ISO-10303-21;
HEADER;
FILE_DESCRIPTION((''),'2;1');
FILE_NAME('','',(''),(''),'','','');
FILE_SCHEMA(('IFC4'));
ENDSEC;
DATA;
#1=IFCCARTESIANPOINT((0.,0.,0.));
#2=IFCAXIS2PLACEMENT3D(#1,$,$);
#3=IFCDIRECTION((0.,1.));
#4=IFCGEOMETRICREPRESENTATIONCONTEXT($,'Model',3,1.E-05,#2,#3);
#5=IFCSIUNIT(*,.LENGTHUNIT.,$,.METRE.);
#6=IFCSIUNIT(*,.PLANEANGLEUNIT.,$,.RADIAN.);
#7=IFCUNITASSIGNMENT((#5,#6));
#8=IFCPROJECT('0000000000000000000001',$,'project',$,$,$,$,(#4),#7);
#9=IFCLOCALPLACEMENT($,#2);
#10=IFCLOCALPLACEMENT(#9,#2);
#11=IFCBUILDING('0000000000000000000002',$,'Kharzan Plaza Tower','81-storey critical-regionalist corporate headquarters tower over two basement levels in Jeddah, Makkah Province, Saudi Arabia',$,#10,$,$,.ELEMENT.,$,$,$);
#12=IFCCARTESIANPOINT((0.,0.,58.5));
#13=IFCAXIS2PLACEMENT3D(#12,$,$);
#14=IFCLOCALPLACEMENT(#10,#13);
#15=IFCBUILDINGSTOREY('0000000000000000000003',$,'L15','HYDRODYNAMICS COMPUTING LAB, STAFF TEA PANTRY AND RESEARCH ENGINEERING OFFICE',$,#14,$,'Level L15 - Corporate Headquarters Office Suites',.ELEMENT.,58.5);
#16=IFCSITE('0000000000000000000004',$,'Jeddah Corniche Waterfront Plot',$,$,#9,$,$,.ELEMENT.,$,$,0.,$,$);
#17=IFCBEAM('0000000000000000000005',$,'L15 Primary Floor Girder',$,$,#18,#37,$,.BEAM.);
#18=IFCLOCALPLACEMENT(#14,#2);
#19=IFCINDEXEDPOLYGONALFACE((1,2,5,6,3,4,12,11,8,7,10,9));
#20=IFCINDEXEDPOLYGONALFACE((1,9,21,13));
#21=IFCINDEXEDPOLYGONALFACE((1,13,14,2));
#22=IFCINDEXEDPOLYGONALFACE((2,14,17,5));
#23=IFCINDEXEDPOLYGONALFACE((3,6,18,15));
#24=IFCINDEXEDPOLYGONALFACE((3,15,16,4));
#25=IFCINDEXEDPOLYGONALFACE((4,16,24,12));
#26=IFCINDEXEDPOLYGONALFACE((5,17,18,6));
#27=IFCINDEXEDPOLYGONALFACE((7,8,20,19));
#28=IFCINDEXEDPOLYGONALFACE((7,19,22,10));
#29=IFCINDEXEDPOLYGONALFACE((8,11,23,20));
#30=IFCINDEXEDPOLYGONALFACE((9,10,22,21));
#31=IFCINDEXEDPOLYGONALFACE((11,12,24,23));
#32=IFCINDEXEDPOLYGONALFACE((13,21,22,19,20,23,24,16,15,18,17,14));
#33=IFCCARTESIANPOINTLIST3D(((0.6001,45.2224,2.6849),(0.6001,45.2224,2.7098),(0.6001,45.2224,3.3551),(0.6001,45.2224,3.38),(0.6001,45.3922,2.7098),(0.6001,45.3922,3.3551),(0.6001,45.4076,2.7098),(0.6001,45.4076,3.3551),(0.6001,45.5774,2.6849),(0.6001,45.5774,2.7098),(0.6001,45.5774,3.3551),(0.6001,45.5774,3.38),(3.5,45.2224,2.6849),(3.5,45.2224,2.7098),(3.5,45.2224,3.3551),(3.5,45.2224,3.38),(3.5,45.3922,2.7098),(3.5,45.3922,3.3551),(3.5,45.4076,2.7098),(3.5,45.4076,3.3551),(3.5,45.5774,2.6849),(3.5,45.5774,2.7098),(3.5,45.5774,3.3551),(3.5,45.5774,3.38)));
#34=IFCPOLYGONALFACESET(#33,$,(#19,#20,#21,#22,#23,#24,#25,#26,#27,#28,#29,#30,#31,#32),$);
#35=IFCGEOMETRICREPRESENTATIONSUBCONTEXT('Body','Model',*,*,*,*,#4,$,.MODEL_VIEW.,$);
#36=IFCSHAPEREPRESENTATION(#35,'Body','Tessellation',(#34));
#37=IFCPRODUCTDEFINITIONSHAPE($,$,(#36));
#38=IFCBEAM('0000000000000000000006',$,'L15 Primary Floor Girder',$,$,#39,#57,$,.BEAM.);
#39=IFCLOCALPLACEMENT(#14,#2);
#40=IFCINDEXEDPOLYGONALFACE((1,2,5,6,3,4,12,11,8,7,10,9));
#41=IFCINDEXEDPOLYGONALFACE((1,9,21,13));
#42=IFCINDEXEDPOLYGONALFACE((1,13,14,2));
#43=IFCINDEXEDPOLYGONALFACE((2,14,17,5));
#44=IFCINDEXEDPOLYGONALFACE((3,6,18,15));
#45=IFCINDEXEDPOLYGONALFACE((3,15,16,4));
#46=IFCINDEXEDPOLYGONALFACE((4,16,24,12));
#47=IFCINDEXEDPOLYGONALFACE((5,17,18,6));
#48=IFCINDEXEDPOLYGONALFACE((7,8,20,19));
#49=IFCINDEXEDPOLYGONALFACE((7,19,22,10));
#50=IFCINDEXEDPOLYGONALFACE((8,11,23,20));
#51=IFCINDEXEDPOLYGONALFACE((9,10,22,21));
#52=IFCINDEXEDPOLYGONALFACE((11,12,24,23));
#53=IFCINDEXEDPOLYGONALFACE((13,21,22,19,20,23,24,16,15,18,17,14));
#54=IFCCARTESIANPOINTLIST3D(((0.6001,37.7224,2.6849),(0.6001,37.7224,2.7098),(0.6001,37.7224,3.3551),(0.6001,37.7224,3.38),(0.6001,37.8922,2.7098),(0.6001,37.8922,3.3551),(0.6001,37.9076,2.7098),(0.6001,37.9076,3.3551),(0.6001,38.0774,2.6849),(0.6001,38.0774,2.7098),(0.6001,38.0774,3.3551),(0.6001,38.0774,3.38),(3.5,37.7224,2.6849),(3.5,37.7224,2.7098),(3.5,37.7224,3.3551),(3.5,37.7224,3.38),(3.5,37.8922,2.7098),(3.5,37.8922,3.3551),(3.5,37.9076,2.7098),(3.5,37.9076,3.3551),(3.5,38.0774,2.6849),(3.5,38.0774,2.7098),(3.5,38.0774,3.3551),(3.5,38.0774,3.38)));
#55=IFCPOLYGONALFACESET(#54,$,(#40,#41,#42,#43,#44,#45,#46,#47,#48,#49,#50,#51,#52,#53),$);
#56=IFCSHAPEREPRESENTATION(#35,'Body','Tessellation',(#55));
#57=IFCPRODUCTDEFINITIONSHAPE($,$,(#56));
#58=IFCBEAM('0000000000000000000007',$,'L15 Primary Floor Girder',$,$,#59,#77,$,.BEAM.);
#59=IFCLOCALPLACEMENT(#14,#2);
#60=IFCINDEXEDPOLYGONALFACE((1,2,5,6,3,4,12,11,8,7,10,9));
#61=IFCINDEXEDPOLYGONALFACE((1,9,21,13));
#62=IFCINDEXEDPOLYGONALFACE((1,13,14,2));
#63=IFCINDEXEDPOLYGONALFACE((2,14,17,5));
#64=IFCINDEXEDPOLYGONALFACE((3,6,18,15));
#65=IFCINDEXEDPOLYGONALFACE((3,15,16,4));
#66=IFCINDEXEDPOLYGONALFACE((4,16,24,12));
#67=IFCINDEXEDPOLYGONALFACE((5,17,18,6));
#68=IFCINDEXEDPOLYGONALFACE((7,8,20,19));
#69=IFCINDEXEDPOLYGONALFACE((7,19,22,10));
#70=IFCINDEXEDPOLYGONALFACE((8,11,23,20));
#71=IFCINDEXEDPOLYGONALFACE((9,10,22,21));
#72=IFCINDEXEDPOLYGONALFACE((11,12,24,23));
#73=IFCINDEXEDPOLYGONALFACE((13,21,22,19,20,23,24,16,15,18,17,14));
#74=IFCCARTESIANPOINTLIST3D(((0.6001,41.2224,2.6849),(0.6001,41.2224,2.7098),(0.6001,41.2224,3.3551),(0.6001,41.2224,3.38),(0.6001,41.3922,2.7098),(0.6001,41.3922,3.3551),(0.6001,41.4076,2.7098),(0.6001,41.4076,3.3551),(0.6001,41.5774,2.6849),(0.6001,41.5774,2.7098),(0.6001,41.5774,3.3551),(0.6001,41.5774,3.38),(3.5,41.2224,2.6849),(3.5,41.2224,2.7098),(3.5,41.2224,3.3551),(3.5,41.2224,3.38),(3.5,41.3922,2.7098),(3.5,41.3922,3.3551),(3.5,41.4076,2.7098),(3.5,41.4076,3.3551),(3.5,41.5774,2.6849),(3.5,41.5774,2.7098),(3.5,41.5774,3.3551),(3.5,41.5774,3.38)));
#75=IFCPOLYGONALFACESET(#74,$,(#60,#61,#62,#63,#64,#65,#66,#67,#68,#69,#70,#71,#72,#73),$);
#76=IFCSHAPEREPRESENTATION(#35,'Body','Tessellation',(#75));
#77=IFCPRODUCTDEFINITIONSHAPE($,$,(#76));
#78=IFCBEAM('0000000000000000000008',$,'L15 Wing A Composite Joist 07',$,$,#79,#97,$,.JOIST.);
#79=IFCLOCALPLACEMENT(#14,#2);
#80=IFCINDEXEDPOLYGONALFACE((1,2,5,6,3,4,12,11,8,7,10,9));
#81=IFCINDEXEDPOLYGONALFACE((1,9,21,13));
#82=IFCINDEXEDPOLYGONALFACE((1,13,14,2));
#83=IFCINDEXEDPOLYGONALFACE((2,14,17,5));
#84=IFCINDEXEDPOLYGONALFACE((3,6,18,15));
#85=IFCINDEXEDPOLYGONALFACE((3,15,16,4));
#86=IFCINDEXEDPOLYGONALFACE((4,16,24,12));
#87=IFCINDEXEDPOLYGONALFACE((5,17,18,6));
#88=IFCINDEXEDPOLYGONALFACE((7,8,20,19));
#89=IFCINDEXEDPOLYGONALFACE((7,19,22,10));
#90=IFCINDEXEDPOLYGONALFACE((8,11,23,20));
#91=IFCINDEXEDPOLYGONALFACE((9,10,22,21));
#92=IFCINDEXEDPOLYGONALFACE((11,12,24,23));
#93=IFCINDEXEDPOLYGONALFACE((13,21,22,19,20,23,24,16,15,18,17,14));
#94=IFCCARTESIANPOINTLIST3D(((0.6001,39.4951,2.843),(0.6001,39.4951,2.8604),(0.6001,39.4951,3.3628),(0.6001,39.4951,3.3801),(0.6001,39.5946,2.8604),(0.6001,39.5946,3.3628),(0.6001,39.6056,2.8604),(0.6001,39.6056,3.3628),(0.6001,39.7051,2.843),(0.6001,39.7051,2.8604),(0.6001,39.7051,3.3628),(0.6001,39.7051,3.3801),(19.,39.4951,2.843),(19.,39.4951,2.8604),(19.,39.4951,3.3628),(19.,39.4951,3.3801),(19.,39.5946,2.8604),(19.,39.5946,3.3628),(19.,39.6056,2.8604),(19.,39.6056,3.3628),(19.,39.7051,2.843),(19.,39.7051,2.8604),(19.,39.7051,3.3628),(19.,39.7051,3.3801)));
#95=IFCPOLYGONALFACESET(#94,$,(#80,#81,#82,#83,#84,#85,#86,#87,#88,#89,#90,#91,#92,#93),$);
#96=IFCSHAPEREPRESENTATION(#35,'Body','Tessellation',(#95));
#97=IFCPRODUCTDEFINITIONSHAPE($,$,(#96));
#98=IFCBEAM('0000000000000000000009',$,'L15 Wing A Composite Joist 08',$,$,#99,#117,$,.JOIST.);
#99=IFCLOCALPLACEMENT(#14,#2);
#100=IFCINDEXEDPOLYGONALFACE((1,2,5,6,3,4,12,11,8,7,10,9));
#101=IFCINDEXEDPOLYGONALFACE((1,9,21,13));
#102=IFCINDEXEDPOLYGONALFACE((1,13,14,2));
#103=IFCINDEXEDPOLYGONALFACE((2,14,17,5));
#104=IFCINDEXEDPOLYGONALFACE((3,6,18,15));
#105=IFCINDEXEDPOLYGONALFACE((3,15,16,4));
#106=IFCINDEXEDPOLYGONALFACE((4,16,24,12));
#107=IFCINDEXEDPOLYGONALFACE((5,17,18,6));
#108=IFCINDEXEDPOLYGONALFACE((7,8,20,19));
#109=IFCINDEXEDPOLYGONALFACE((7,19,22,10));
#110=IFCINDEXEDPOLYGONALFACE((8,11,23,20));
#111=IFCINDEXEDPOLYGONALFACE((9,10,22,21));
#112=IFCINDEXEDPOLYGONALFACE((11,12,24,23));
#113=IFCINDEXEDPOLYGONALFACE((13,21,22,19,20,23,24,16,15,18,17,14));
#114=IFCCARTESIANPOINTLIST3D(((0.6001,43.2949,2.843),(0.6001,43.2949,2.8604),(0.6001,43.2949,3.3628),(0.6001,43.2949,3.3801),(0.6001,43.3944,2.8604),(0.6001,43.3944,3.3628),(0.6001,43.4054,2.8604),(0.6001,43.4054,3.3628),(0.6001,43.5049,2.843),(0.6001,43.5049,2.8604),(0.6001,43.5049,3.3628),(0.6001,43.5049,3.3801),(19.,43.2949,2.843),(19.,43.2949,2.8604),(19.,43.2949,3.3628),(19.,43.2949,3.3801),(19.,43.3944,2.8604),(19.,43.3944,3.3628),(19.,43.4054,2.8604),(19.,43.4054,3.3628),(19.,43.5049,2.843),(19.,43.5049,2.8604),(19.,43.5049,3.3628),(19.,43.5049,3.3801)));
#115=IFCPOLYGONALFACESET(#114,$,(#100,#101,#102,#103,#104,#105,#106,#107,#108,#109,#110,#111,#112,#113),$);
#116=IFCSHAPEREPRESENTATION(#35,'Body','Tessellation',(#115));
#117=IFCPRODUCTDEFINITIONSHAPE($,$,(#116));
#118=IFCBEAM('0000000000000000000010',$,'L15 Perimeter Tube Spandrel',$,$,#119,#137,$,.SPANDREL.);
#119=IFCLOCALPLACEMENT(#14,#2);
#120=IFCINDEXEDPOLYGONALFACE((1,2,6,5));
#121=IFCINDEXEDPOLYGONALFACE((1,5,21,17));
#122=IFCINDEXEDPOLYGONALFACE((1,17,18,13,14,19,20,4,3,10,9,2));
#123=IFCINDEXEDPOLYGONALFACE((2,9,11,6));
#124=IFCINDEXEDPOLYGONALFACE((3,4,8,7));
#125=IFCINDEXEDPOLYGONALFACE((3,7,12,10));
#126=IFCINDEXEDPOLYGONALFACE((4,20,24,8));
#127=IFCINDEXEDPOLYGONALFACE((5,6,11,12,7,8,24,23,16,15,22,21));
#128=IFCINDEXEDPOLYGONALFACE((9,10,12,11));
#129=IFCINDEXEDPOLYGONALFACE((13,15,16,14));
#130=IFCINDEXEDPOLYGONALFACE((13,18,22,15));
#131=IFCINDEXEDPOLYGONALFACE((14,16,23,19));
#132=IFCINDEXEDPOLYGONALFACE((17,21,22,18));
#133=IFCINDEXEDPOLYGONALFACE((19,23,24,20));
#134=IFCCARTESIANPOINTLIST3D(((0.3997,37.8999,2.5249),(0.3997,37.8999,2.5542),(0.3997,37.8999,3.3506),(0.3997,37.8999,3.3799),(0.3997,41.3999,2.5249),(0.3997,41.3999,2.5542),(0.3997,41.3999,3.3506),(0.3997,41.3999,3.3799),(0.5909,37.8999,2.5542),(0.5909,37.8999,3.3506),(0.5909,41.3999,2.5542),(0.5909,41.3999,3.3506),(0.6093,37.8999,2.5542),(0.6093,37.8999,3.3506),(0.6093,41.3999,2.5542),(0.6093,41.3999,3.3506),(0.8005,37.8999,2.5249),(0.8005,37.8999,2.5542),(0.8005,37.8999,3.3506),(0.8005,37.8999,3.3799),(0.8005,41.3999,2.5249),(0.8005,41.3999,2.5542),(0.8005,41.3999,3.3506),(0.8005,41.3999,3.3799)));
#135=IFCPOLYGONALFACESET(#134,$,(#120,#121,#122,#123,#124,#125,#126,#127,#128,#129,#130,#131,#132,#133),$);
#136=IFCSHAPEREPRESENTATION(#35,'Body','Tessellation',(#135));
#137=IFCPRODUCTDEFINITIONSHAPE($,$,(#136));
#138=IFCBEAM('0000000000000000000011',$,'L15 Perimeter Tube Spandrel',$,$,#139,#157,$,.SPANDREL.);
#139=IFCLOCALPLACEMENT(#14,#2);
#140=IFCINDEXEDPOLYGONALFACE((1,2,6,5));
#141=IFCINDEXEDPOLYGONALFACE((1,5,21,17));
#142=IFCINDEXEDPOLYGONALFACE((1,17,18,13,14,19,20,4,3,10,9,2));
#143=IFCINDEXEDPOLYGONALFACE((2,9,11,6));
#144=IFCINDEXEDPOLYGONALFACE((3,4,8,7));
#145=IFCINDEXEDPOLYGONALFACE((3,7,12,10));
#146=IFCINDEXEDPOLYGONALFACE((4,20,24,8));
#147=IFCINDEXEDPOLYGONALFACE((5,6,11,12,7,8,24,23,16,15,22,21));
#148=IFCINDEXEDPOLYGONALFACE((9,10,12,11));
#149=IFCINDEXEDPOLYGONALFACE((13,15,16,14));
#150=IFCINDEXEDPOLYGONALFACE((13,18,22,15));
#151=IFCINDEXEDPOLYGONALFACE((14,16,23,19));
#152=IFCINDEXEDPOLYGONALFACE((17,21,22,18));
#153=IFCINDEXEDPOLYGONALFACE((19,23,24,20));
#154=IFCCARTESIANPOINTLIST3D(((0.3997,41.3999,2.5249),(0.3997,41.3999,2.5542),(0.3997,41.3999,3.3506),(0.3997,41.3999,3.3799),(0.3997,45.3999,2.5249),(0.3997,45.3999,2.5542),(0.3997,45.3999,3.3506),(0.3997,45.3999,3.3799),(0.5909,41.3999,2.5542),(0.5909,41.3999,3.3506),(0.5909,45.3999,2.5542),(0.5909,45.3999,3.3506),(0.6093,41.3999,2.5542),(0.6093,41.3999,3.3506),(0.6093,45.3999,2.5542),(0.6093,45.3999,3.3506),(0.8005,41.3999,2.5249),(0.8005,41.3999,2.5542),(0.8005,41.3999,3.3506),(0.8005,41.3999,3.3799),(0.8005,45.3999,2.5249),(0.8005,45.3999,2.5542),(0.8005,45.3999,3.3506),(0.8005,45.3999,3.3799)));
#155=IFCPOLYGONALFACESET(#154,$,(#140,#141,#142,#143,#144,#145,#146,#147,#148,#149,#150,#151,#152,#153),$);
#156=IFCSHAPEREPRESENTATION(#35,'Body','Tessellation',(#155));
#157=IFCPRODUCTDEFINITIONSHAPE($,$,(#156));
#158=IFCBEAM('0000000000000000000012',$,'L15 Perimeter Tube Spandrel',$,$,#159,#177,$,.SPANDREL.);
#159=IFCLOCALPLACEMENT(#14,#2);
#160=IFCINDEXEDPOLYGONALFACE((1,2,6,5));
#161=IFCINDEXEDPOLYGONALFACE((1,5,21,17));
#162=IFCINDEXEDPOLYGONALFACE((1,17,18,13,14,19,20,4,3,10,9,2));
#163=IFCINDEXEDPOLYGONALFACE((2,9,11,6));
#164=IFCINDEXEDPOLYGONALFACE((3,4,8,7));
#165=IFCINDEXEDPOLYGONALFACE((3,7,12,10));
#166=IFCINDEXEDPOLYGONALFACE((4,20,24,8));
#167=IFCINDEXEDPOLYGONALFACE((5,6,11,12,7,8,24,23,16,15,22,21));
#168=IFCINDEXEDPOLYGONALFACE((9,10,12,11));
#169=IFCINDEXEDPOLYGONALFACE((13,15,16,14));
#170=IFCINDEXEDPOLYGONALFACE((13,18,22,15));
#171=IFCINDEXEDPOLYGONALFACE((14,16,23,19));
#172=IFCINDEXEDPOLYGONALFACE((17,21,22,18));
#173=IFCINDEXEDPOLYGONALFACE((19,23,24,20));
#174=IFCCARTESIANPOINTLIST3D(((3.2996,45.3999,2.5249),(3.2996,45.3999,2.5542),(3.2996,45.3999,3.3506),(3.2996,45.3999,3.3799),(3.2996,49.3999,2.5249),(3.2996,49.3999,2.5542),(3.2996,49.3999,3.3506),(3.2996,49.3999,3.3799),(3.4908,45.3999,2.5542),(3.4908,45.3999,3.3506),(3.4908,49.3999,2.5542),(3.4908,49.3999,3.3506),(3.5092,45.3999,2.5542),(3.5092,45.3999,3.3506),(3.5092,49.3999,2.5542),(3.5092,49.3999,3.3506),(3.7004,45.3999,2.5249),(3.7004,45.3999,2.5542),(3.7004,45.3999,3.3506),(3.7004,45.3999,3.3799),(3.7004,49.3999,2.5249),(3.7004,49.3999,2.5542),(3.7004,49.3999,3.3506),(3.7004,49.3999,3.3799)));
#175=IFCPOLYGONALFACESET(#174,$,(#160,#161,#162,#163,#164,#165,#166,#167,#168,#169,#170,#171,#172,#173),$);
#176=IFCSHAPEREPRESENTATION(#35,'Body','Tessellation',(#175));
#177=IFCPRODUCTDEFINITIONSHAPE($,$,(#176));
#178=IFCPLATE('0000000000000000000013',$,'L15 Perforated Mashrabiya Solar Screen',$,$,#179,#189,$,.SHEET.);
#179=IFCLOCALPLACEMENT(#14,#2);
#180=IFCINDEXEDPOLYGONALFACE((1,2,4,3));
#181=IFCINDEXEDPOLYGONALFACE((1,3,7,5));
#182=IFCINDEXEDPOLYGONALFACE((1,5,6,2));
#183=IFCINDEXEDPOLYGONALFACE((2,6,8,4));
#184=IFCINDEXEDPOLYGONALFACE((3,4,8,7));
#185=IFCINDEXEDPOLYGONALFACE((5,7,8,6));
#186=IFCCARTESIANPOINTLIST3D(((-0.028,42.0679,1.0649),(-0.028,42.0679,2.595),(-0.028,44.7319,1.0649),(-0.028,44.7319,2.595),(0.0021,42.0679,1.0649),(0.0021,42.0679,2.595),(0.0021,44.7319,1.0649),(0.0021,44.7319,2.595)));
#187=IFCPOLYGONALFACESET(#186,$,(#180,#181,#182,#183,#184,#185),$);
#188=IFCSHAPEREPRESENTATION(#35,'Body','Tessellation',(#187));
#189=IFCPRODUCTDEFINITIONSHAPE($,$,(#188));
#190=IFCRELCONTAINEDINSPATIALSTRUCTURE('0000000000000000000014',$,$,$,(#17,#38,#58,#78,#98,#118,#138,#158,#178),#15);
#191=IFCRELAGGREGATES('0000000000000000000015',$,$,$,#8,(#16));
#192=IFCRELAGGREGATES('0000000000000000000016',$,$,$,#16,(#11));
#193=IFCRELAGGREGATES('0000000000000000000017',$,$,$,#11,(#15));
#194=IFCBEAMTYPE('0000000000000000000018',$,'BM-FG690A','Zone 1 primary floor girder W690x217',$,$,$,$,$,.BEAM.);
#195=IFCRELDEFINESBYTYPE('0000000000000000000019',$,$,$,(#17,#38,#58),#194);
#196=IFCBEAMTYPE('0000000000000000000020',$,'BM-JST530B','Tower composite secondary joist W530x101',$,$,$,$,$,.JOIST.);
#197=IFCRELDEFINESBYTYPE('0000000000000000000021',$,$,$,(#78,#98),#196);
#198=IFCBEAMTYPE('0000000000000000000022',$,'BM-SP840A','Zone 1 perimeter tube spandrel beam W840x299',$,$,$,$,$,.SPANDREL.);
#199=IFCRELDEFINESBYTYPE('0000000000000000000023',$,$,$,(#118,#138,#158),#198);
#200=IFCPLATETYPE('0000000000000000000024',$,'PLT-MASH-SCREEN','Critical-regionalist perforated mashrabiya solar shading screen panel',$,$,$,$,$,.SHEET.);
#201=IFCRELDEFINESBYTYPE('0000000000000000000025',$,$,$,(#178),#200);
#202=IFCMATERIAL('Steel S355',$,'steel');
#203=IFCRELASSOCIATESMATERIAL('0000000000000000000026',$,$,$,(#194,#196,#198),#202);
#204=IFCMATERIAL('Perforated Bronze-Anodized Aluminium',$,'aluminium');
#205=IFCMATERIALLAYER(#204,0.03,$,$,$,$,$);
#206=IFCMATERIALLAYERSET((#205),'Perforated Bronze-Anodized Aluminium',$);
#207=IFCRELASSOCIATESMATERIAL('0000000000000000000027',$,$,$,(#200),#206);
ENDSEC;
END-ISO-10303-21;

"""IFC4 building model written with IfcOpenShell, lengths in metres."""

from ifc_helpers import new_model, si_unit, direction, frame, origin, origin_2d, place, context, subcontext, project, spatial, rectangle, i_section, extrude, source, transform, mapped, material, layer, layer_set, material_profile, profile_set, type_object, element, save


model = new_model("IFC4")

# Units and contexts
model_context = context("Model", 3, precision=1e-05, world=origin(), true_north=direction((0.0, 1.0)))
body_context = subcontext(model_context, "Body", "Model", "MODEL_VIEW")
ifc_project = project(units=[si_unit("LENGTHUNIT", "METRE"), si_unit("PLANEANGLEUNIT", "RADIAN")], contexts=[model_context])

# Site, building, storey
site_placement = place(None, origin())
site = spatial("IfcSite", under=ifc_project, at=site_placement, Name="Jeddah Corniche Waterfront Plot", CompositionType="ELEMENT", RefElevation=0.0)
building_placement = place(site_placement, origin())
building = spatial("IfcBuilding", under=site, at=building_placement, Name="Kharzan Plaza Tower", Description="81-storey critical-regionalist corporate headquarters tower over two basement levels in Jeddah, Makkah Province, Saudi Arabia", CompositionType="ELEMENT")
storey_placement = place(building_placement, frame((0.0, 0.0, 58.5)))
storey = spatial("IfcBuildingStorey", under=building, at=storey_placement, Name="L15", Description="HYDRODYNAMICS COMPUTING LAB, STAFF TEA PANTRY AND RESEARCH ENGINEERING OFFICE", LongName="Level L15 - Corporate Headquarters Office Suites", CompositionType="ELEMENT", Elevation=58.5)

# Beams
ifc_material_1 = material(Name="Steel S355", Category="steel")
ifc_material_profile_1 = material_profile(ifc_material_1, i_section(OverallWidth=0.355, OverallDepth=0.6951, WebThickness=0.0154, FlangeThickness=0.0249, at=origin_2d()), Name="W690x217")
ifc_profile_set_1 = profile_set([ifc_material_profile_1], Name="Steel S355")
beam_type_1 = type_object("IfcBeamType", Name="BM-FG690A", Description="Zone 1 primary floor girder W690x217", PredefinedType="BEAM", material=ifc_profile_set_1)
shared_shape_1 = source(origin(), body_context, "Body", "SweptSolid", [
    extrude(i_section(OverallWidth=0.355, OverallDepth=0.6951, WebThickness=0.0154, FlangeThickness=0.0249, at=origin_2d()), origin(), (0.0, 0.0, 1.0), 2.8999),
])
for number, where, z_axis, x_axis, name in (
    (1, (0.6001, 45.3999, 3.0325), (1.0, 0.0, 0.0), (0.0, 1.0, 0.0), "L15 Primary Floor Girder"),
    (2, (0.6001, 37.8999, 3.0325), (1.0, 0.0, 0.0), (0.0, 1.0, 0.0), "L15 Primary Floor Girder"),
    (3, (0.6001, 41.3999, 3.0325), (1.0, 0.0, 0.0), (0.0, 1.0, 0.0), "L15 Primary Floor Girder"),
):
    element("IfcBeam", number, at=place(storey_placement, frame(where, z_axis=z_axis, x_axis=x_axis)), inside=storey, type_object=beam_type_1, Name=name, PredefinedType="BEAM", context=body_context, shape_type="MappedRepresentation", body=[
        mapped(shared_shape_1, transform((0.0, 0.0, 0.0), x_axis=(1.0, 0.0, 0.0), y_axis=(0.0, 1.0, 0.0), z_axis=(0.0, 0.0, 1.0))),
    ])
ifc_material_profile_2 = material_profile(ifc_material_1, i_section(OverallWidth=0.21, OverallDepth=0.5371, WebThickness=0.011, FlangeThickness=0.0173, at=origin_2d()), Name="W530x101")
ifc_profile_set_2 = profile_set([ifc_material_profile_2], Name="Steel S355")
beam_type_2 = type_object("IfcBeamType", Name="BM-JST530B", Description="Tower composite secondary joist W530x101", PredefinedType="JOIST", material=ifc_profile_set_2)
shared_shape_2 = source(origin(), body_context, "Body", "SweptSolid", [
    extrude(i_section(OverallWidth=0.21, OverallDepth=0.5371, WebThickness=0.011, FlangeThickness=0.0173, at=origin_2d()), origin(), (0.0, 0.0, 1.0), 18.3999),
])
for number, where, z_axis, x_axis, name in (
    (4, (0.6001, 39.6001, 3.1116), (1.0, 0.0, 0.0), (0.0, 1.0, 0.0), "L15 Wing A Composite Joist 07"),
    (5, (0.6001, 43.3999, 3.1116), (1.0, 0.0, 0.0), (0.0, 1.0, 0.0), "L15 Wing A Composite Joist 08"),
):
    element("IfcBeam", number, at=place(storey_placement, frame(where, z_axis=z_axis, x_axis=x_axis)), inside=storey, type_object=beam_type_2, Name=name, PredefinedType="JOIST", context=body_context, shape_type="MappedRepresentation", body=[
        mapped(shared_shape_2, transform((0.0, 0.0, 0.0), x_axis=(1.0, 0.0, 0.0), y_axis=(0.0, 1.0, 0.0), z_axis=(0.0, 0.0, 1.0))),
    ])
ifc_material_profile_3 = material_profile(ifc_material_1, i_section(OverallWidth=0.4009, OverallDepth=0.855, WebThickness=0.0183, FlangeThickness=0.0293, at=origin_2d()), Name="W840x299")
ifc_profile_set_3 = profile_set([ifc_material_profile_3], Name="Steel S355")
beam_type_3 = type_object("IfcBeamType", Name="BM-SP840A", Description="Zone 1 perimeter tube spandrel beam W840x299", PredefinedType="SPANDREL", material=ifc_profile_set_3)
shared_shape_3 = source(origin(), body_context, "Body", "SweptSolid", [
    extrude(i_section(OverallWidth=0.4009, OverallDepth=0.855, WebThickness=0.0183, FlangeThickness=0.0293, at=origin_2d()), origin(), (0.0, 0.0, 1.0), 3.5),
])
beam_1_placement = place(storey_placement, frame((0.6001, 37.8999, 2.9524), z_axis=(0.0, 1.0, 0.0), x_axis=(-1.0, 0.0, 0.0)))
element("IfcBeam", 6, at=beam_1_placement, inside=storey, type_object=beam_type_3, Name="L15 Perimeter Tube Spandrel", PredefinedType="SPANDREL", context=body_context, shape_type="MappedRepresentation", body=[
    mapped(shared_shape_3, transform((0.0, 0.0, 0.0), x_axis=(1.0, 0.0, 0.0), y_axis=(0.0, 1.0, 0.0), z_axis=(0.0, 0.0, 1.0))),
])
shared_shape_4 = source(origin(), body_context, "Body", "SweptSolid", [
    extrude(i_section(OverallWidth=0.4009, OverallDepth=0.855, WebThickness=0.0183, FlangeThickness=0.0293, at=origin_2d()), origin(), (0.0, 0.0, 1.0), 4.0),
])
for number, where, z_axis, x_axis, name in (
    (7, (0.6001, 41.3999, 2.9524), (0.0, 1.0, 0.0), (-1.0, 0.0, 0.0), "L15 Perimeter Tube Spandrel"),
    (8, (3.5, 45.3999, 2.9524), (0.0, 1.0, 0.0), (-1.0, 0.0, 0.0), "L15 Perimeter Tube Spandrel"),
):
    element("IfcBeam", number, at=place(storey_placement, frame(where, z_axis=z_axis, x_axis=x_axis)), inside=storey, type_object=beam_type_3, Name=name, PredefinedType="SPANDREL", context=body_context, shape_type="MappedRepresentation", body=[
        mapped(shared_shape_4, transform((0.0, 0.0, 0.0), x_axis=(1.0, 0.0, 0.0), y_axis=(0.0, 1.0, 0.0), z_axis=(0.0, 0.0, 1.0))),
    ])

# Plate
ifc_material_2 = material(Name="Perforated Bronze-Anodized Aluminium", Category="aluminium")
ifc_layer_1 = layer(ifc_material_2, 0.03)
ifc_layer_set_1 = layer_set([ifc_layer_1], Name="Perforated Bronze-Anodized Aluminium")
plate_type = type_object("IfcPlateType", Name="PLT-MASH-SCREEN", Description="Critical-regionalist perforated mashrabiya solar shading screen panel", PredefinedType="SHEET", material=ifc_layer_set_1)
shared_shape_5 = source(origin(), body_context, "Body", "SweptSolid", [
    extrude(rectangle(XDim=2.6641, YDim=0.03, at=origin_2d()), origin(), (0.0, 0.0, 1.0), 1.53),
])
plate_1_placement = place(storey_placement, frame((-0.0129, 43.3999, 1.0649), z_axis=(0.0, 0.0, 1.0), x_axis=(0.0, -1.0, 0.0)))
element("IfcPlate", 9, at=plate_1_placement, inside=storey, type_object=plate_type, Name="L15 Perforated Mashrabiya Solar Screen", PredefinedType="SHEET", context=body_context, shape_type="MappedRepresentation", body=[
    mapped(shared_shape_5, transform((0.0, 0.0, 0.0), x_axis=(1.0, 0.0, 0.0), y_axis=(0.0, 1.0, 0.0), z_axis=(0.0, 0.0, 1.0))),
])

save(model, "model.ifc")
